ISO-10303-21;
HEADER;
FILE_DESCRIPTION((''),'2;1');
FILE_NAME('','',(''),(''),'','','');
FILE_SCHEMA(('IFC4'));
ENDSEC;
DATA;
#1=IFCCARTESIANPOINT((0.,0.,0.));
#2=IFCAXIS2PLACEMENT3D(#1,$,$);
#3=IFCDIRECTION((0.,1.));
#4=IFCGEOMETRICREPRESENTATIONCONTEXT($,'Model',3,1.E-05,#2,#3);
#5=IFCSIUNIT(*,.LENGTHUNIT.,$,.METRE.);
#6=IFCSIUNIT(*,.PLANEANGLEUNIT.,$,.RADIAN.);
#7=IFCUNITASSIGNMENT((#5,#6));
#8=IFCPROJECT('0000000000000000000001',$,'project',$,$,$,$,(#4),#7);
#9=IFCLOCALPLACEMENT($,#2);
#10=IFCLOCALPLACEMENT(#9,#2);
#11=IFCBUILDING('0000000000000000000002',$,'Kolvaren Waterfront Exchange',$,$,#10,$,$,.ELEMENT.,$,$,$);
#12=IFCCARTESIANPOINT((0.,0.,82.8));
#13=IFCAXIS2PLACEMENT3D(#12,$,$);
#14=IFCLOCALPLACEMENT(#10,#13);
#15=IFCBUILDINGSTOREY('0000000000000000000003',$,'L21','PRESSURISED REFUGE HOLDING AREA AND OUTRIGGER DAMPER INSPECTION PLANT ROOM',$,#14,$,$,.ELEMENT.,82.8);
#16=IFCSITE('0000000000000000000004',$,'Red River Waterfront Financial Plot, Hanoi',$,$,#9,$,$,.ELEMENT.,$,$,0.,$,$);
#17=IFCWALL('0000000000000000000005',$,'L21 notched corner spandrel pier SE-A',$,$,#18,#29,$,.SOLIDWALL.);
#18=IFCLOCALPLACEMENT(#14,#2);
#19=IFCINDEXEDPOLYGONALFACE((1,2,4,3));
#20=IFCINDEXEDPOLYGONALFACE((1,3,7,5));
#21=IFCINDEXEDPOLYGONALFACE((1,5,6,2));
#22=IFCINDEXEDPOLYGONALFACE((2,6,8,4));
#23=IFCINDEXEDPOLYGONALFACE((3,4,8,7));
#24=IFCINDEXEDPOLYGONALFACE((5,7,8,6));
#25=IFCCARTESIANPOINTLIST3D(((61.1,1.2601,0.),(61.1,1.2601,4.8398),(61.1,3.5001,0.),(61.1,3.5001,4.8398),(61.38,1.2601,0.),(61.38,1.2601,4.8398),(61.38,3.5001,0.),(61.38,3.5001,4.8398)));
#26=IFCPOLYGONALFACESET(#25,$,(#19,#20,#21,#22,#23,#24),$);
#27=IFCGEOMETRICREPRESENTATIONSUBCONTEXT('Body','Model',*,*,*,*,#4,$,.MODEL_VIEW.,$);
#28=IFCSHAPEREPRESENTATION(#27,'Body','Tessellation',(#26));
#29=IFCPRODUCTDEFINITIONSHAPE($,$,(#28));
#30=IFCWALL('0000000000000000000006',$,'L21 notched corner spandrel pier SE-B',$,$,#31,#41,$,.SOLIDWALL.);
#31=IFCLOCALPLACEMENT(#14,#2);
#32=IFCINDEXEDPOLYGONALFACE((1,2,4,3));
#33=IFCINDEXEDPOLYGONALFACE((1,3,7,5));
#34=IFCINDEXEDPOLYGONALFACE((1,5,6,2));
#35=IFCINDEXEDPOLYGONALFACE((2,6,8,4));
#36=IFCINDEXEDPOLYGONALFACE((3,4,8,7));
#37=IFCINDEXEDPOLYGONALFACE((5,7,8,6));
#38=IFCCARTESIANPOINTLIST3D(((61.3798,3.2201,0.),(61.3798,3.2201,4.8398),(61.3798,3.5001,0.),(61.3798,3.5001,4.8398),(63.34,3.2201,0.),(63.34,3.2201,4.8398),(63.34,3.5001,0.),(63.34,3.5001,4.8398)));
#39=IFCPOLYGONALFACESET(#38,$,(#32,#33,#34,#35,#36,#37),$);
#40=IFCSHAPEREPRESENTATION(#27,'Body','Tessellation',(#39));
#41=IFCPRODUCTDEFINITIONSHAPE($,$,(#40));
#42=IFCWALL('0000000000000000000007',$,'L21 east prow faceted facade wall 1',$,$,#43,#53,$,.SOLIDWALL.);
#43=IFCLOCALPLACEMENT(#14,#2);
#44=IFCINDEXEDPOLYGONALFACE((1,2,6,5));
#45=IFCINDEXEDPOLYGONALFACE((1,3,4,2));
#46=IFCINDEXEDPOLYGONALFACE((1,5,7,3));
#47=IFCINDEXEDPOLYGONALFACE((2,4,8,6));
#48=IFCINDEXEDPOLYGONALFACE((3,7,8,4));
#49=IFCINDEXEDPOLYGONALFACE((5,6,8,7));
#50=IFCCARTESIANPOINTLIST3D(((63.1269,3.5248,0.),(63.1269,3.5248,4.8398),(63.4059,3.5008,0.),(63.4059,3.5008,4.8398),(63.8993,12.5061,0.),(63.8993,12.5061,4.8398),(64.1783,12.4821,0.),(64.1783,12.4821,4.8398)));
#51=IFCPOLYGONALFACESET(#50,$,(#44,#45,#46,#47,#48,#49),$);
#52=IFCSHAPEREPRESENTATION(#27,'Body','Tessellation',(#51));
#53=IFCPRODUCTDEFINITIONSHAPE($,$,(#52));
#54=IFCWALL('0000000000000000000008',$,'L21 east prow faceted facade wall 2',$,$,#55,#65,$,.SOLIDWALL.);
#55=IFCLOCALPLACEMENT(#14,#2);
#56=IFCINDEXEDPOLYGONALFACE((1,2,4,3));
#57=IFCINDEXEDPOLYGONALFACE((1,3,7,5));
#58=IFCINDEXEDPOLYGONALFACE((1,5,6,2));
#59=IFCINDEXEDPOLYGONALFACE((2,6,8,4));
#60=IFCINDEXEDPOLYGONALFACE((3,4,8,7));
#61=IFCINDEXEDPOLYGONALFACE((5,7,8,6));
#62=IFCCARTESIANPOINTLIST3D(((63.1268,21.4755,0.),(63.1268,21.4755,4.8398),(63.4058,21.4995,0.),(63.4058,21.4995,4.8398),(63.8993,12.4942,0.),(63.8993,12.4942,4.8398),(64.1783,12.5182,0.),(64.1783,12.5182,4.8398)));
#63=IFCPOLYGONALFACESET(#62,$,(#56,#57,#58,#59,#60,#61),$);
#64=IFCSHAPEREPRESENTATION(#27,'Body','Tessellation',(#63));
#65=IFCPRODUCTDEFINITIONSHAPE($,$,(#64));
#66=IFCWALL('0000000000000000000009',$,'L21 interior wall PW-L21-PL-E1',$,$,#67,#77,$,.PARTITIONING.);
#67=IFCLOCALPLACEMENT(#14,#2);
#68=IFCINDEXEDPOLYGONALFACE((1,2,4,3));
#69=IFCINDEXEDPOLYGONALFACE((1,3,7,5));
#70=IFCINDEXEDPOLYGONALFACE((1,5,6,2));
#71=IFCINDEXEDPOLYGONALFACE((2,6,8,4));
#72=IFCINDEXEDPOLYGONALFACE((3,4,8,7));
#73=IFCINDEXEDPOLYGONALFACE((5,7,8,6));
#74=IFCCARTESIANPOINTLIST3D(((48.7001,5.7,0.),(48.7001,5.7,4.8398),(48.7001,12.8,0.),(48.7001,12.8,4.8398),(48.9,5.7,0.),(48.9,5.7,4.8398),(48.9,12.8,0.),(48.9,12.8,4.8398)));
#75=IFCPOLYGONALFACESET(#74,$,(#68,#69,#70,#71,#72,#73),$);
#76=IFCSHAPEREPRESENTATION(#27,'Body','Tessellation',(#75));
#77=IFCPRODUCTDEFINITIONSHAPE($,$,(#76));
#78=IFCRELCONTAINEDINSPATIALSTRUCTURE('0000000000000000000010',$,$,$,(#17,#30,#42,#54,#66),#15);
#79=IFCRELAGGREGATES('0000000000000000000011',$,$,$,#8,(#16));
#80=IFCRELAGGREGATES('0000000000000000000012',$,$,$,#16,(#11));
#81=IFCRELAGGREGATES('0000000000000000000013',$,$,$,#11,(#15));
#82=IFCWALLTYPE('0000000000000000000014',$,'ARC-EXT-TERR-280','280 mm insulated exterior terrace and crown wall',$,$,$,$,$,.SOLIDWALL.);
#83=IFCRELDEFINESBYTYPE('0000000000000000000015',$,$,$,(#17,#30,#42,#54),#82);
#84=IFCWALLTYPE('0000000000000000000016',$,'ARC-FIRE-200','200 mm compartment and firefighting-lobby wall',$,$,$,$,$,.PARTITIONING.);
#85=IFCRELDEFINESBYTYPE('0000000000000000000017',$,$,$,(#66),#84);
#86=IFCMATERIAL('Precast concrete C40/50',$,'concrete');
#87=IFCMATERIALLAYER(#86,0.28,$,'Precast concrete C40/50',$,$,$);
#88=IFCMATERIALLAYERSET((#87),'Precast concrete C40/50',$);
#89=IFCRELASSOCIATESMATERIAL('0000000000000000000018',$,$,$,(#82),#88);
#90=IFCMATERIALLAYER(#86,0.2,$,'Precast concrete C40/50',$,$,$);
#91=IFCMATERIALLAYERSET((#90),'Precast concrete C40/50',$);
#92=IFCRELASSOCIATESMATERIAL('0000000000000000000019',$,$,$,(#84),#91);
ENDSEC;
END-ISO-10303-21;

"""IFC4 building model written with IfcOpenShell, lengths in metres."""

from ifc_helpers import new_model, si_unit, direction, frame, frame_2d, origin, place, context, subcontext, project, spatial, rectangle, extrude, material, layer, layer_set, type_object, element, save


model = new_model("IFC4")

# Units and contexts
model_context = context("Model", 3, precision=1e-05, world=origin(), true_north=direction((0.0, 1.0)))
body_context = subcontext(model_context, "Body", "Model", "MODEL_VIEW")
ifc_project = project(units=[si_unit("LENGTHUNIT", "METRE"), si_unit("PLANEANGLEUNIT", "RADIAN")], contexts=[model_context])

# Site, building, storey
site_placement = place(None, origin())
site = spatial("IfcSite", under=ifc_project, at=site_placement, Name="Red River Waterfront Financial Plot, Hanoi", CompositionType="ELEMENT", RefElevation=0.0)
building_placement = place(site_placement, origin())
building = spatial("IfcBuilding", under=site, at=building_placement, Name="Kolvaren Waterfront Exchange", CompositionType="ELEMENT")
storey_placement = place(building_placement, frame((0.0, 0.0, 82.8)))
storey = spatial("IfcBuildingStorey", under=building, at=storey_placement, Name="L21", Description="PRESSURISED REFUGE HOLDING AREA AND OUTRIGGER DAMPER INSPECTION PLANT ROOM", CompositionType="ELEMENT", Elevation=82.8)

# Walls
ifc_material_1 = material(Name="Precast concrete C40/50", Category="concrete")
ifc_layer_1 = layer(ifc_material_1, 0.28, Name="Precast concrete C40/50")
ifc_layer_set_1 = layer_set([ifc_layer_1], Name="Precast concrete C40/50")
wall_type_1 = type_object("IfcWallType", Name="ARC-EXT-TERR-280", Description="280 mm insulated exterior terrace and crown wall", PredefinedType="SOLIDWALL", material=ifc_layer_set_1)
wall_1_placement = place(storey_placement, frame((61.24, 1.26, 0.0), z_axis=(0.0, 0.0, 1.0), x_axis=(0.0, 1.0, 0.0)))
element("IfcWall", 1, at=wall_1_placement, inside=storey, type_object=wall_type_1, Name="L21 notched corner spandrel pier SE-A", PredefinedType="SOLIDWALL", context=body_context, shape_type="SweptSolid", body=[
    extrude(rectangle(XDim=2.24, YDim=0.28, at=frame_2d((1.1201, 0.0))), origin(), (0.0, 0.0, 1.0), 4.8398),
])
wall_2_placement = place(storey_placement, frame((61.3799, 3.3601, 0.0), z_axis=(0.0, 0.0, 1.0), x_axis=(1.0, 0.0, 0.0)))
element("IfcWall", 2, at=wall_2_placement, inside=storey, type_object=wall_type_1, Name="L21 notched corner spandrel pier SE-B", PredefinedType="SOLIDWALL", context=body_context, shape_type="SweptSolid", body=[
    extrude(rectangle(XDim=1.9602, YDim=0.28, at=frame_2d((0.98, 0.0))), origin(), (0.0, 0.0, 1.0), 4.8398),
])
for number, where, z_axis, x_axis, name in (
    (3, (63.2664, 3.5127, 0.0), (0.0, 0.0, 1.0), (0.085692, 0.996322, 0.0), "L21 east prow faceted facade wall 1"),
    (4, (64.0388, 12.5061, 0.0), (0.0, 0.0, 1.0), (-0.085692, 0.996322, 0.0), "L21 east prow faceted facade wall 2"),
):
    element("IfcWall", number, at=place(storey_placement, frame(where, z_axis=z_axis, x_axis=x_axis)), inside=storey, type_object=wall_type_1, Name=name, PredefinedType="SOLIDWALL", context=body_context, shape_type="SweptSolid", body=[
        extrude(rectangle(XDim=9.0144, YDim=0.28, at=frame_2d((4.5073, 0.0))), origin(), (0.0, 0.0, 1.0), 4.8398),
    ])
ifc_layer_2 = layer(ifc_material_1, 0.2, Name="Precast concrete C40/50")
ifc_layer_set_2 = layer_set([ifc_layer_2], Name="Precast concrete C40/50")
wall_type_2 = type_object("IfcWallType", Name="ARC-FIRE-200", Description="200 mm compartment and firefighting-lobby wall", PredefinedType="PARTITIONING", material=ifc_layer_set_2)
wall_3_placement = place(storey_placement, frame((48.8, 5.7, 0.0), z_axis=(0.0, 0.0, 1.0), x_axis=(0.0, 1.0, 0.0)))
element("IfcWall", 5, at=wall_3_placement, inside=storey, type_object=wall_type_2, Name="L21 interior wall PW-L21-PL-E1", PredefinedType="PARTITIONING", context=body_context, shape_type="SweptSolid", body=[
    extrude(rectangle(XDim=7.1001, YDim=0.2, at=frame_2d((3.55, 0.0))), origin(), (0.0, 0.0, 1.0), 4.8398),
])

save(model, "model.ifc")
